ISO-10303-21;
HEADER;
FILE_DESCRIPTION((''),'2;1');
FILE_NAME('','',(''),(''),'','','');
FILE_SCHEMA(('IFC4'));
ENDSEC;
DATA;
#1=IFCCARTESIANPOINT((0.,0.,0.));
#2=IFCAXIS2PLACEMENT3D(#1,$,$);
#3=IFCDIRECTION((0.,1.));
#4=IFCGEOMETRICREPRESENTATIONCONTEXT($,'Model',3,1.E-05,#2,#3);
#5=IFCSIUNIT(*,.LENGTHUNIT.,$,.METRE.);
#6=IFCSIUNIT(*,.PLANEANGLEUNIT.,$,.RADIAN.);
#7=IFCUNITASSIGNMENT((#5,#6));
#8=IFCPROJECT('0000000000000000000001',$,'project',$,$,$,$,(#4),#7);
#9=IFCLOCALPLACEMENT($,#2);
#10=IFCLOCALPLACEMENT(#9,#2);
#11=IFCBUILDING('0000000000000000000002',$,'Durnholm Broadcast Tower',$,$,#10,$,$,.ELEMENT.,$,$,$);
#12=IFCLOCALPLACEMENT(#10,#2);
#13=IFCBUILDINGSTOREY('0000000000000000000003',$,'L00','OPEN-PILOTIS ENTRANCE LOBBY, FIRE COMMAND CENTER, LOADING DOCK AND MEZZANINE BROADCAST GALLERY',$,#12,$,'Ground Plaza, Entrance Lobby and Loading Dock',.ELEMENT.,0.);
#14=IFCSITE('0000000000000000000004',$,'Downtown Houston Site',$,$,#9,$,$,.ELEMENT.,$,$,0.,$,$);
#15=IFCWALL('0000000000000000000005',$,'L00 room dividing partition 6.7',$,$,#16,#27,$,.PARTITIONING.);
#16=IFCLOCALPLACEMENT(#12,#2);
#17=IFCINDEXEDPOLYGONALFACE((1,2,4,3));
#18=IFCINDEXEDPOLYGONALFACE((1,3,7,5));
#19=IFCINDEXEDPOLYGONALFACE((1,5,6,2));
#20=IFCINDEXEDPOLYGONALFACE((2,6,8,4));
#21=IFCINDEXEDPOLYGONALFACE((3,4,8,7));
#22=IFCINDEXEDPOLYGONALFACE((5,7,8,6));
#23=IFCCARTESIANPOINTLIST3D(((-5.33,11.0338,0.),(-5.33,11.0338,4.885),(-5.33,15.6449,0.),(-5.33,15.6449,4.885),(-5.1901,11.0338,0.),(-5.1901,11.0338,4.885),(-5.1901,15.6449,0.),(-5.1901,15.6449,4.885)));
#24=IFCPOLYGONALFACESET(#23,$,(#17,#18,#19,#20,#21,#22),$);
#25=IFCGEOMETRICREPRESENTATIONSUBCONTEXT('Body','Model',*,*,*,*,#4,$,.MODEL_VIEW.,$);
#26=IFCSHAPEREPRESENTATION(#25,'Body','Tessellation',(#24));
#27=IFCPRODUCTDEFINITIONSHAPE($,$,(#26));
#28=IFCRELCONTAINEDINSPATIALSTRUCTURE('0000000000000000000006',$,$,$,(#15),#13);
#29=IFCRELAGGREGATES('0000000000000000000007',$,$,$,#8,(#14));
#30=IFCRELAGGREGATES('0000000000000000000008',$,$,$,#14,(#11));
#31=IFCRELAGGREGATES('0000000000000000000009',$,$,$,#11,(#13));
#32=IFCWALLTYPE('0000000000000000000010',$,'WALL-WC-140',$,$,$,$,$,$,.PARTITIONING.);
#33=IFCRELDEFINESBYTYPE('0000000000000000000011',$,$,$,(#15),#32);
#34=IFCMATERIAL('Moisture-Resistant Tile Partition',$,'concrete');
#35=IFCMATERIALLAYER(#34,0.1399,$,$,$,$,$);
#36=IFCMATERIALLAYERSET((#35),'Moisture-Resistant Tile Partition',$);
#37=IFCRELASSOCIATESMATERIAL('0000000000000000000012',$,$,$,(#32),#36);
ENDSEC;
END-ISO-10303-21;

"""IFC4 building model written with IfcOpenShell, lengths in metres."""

from ifc_helpers import new_model, si_unit, direction, frame, frame_2d, origin, place, context, subcontext, project, spatial, rectangle, extrude, material, layer, layer_set, type_object, element, save


model = new_model("IFC4")

# Units and contexts
model_context = context("Model", 3, precision=1e-05, world=origin(), true_north=direction((0.0, 1.0)))
body_context = subcontext(model_context, "Body", "Model", "MODEL_VIEW")
ifc_project = project(units=[si_unit("LENGTHUNIT", "METRE"), si_unit("PLANEANGLEUNIT", "RADIAN")], contexts=[model_context])

# Site, building, storey
site_placement = place(None, origin())
site = spatial("IfcSite", under=ifc_project, at=site_placement, Name="Downtown Houston Site", CompositionType="ELEMENT", RefElevation=0.0)
building_placement = place(site_placement, origin())
building = spatial("IfcBuilding", under=site, at=building_placement, Name="Durnholm Broadcast Tower", CompositionType="ELEMENT")
storey_placement = place(building_placement, origin())
storey = spatial("IfcBuildingStorey", under=building, at=storey_placement, Name="L00", Description="OPEN-PILOTIS ENTRANCE LOBBY, FIRE COMMAND CENTER, LOADING DOCK AND MEZZANINE BROADCAST GALLERY", LongName="Ground Plaza, Entrance Lobby and Loading Dock", CompositionType="ELEMENT", Elevation=0.0)

# Shared definitions
ifc_material_1 = material(Name="Moisture-Resistant Tile Partition", Category="concrete")
ifc_layer_1 = layer(ifc_material_1, 0.1399)
ifc_layer_set_1 = layer_set([ifc_layer_1], Name="Moisture-Resistant Tile Partition")
wall_type_1 = type_object("IfcWallType", Name="WALL-WC-140", PredefinedType="PARTITIONING", material=ifc_layer_set_1)

# Wall
wall_1_placement = place(storey_placement, frame((-5.26, 15.645, 0.0), z_axis=(0.0, 0.0, 1.0), x_axis=(0.0, -1.0, 0.0)))
element("IfcWall", 1, at=wall_1_placement, inside=storey, type_object=wall_type_1, Name="L00 room dividing partition 6.7", PredefinedType="PARTITIONING", context=body_context, shape_type="SweptSolid", body=[
    extrude(rectangle(XDim=4.6111, YDim=0.1399, at=frame_2d((2.3057, 0.0))), origin(), (0.0, 0.0, 1.0), 4.885),
])

save(model, "model.ifc")
